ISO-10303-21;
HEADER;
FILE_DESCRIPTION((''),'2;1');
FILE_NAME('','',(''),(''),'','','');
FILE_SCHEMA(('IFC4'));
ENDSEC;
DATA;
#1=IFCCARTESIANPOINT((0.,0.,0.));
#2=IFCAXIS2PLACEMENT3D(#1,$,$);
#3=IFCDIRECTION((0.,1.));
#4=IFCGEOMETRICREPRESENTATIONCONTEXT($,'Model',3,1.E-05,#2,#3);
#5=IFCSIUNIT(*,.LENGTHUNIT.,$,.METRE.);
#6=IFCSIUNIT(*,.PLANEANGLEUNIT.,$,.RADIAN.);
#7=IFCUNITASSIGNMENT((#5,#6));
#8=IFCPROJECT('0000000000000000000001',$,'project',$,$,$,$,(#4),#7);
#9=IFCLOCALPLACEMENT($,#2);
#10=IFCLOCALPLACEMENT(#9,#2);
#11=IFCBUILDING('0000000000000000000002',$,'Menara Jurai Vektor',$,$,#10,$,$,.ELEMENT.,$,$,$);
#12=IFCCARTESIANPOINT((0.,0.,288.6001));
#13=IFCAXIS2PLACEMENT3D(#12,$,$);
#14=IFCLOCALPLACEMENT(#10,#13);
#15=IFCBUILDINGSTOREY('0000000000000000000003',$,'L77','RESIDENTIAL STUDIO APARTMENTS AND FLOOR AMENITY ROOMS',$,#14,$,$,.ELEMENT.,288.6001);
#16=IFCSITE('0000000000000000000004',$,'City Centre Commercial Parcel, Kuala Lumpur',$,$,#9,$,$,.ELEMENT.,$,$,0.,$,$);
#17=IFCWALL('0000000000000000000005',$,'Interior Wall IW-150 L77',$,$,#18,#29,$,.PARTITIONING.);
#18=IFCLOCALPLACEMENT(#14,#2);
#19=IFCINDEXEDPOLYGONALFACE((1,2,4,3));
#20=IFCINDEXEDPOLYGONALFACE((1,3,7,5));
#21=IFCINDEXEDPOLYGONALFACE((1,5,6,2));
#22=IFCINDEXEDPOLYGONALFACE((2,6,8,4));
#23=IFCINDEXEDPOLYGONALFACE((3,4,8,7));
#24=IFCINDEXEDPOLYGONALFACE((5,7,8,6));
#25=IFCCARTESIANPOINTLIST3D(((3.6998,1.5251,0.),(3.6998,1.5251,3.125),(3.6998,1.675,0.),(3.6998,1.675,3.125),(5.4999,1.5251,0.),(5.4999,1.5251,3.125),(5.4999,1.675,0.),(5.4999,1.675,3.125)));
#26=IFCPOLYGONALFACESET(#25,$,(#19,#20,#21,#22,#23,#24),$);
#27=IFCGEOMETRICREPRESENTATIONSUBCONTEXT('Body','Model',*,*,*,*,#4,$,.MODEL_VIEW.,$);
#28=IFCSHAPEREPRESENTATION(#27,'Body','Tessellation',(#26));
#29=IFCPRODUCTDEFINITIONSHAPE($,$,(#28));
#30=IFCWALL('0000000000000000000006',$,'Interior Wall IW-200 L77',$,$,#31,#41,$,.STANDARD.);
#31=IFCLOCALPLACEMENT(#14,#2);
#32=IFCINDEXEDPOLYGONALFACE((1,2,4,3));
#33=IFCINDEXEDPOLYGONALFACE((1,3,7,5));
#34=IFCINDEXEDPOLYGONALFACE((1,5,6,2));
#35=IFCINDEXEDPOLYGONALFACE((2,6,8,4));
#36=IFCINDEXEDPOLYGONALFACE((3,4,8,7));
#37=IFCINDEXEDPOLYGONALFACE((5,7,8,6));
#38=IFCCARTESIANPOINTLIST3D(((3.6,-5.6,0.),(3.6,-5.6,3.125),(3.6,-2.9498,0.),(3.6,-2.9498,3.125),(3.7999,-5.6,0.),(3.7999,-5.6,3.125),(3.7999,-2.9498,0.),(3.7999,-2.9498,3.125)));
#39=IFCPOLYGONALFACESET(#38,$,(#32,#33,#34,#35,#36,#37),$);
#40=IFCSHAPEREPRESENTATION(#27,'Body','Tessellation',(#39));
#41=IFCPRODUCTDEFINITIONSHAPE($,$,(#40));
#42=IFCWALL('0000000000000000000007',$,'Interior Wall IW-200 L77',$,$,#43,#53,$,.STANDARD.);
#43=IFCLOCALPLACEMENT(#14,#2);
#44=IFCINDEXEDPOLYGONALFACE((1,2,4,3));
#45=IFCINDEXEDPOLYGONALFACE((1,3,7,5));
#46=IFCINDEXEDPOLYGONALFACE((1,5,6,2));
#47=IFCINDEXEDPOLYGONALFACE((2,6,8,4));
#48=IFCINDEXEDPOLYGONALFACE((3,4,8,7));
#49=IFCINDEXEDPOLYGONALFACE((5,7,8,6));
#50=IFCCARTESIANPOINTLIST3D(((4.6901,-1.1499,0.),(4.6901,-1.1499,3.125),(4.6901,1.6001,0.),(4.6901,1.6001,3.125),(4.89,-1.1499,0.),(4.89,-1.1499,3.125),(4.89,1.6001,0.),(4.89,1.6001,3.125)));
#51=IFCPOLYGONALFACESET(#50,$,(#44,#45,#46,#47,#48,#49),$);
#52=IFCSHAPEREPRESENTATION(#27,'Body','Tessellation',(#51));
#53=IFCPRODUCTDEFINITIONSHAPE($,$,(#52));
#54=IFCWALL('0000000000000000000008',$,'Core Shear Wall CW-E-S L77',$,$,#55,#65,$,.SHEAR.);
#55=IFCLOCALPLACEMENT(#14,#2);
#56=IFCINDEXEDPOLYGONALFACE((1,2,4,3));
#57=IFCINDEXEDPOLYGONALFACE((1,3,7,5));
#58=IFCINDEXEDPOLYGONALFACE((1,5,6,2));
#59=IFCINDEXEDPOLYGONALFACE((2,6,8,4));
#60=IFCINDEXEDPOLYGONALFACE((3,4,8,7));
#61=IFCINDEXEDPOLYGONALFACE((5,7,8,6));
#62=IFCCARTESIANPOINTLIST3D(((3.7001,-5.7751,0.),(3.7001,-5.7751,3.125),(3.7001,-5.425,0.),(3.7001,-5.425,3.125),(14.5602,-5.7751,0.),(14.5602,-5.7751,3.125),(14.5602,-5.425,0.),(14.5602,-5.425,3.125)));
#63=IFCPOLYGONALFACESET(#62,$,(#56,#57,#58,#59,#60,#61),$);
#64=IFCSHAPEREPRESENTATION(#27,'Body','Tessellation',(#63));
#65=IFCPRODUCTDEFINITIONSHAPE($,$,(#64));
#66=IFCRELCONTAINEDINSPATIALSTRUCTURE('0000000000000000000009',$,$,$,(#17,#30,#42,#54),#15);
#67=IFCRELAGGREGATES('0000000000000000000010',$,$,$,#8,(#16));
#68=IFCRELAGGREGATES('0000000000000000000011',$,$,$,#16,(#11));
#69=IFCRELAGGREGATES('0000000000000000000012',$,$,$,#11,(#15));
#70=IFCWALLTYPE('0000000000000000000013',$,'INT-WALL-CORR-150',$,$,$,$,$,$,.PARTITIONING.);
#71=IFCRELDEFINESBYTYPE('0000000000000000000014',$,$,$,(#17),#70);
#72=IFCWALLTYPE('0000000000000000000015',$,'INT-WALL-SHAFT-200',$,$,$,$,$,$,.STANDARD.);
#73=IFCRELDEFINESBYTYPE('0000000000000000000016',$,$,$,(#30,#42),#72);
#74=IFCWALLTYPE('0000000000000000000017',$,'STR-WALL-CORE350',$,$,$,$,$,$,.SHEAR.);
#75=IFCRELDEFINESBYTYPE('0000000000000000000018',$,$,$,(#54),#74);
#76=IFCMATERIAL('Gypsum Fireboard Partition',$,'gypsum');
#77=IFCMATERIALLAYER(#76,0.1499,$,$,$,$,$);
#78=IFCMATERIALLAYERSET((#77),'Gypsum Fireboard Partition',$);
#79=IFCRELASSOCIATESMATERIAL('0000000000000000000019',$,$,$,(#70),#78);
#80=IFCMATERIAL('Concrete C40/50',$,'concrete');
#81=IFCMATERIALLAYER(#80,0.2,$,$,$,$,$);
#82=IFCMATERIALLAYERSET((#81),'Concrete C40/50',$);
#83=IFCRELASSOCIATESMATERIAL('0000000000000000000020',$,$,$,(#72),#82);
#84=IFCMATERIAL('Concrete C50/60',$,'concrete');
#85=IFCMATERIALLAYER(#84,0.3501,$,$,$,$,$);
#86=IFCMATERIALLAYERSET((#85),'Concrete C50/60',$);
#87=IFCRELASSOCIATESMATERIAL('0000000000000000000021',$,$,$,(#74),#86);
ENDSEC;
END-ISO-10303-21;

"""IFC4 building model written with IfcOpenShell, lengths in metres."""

from ifc_helpers import new_model, si_unit, direction, frame, frame_2d, origin, place, context, subcontext, project, spatial, rectangle, extrude, material, layer, layer_set, type_object, element, save


model = new_model("IFC4")

# Units and contexts
model_context = context("Model", 3, precision=1e-05, world=origin(), true_north=direction((0.0, 1.0)))
body_context = subcontext(model_context, "Body", "Model", "MODEL_VIEW")
ifc_project = project(units=[si_unit("LENGTHUNIT", "METRE"), si_unit("PLANEANGLEUNIT", "RADIAN")], contexts=[model_context])

# Site, building, storey
site_placement = place(None, origin())
site = spatial("IfcSite", under=ifc_project, at=site_placement, Name="City Centre Commercial Parcel, Kuala Lumpur", CompositionType="ELEMENT", RefElevation=0.0)
building_placement = place(site_placement, origin())
building = spatial("IfcBuilding", under=site, at=building_placement, Name="Menara Jurai Vektor", CompositionType="ELEMENT")
storey_placement = place(building_placement, frame((0.0, 0.0, 288.6001)))
storey = spatial("IfcBuildingStorey", under=building, at=storey_placement, Name="L77", Description="RESIDENTIAL STUDIO APARTMENTS AND FLOOR AMENITY ROOMS", CompositionType="ELEMENT", Elevation=288.6001)

# Shared definitions
ifc_material_1 = material(Name="Concrete C50/60", Category="concrete")

# Shared definitions
ifc_material_2 = material(Name="Concrete C40/50", Category="concrete")

# Shared definitions
ifc_material_3 = material(Name="Gypsum Fireboard Partition", Category="gypsum")
ifc_layer_1 = layer(ifc_material_3, 0.1499)
ifc_layer_set_1 = layer_set([ifc_layer_1], Name="Gypsum Fireboard Partition")
wall_type_1 = type_object("IfcWallType", Name="INT-WALL-CORR-150", PredefinedType="PARTITIONING", material=ifc_layer_set_1)

# Wall
wall_1_placement = place(storey_placement, frame((3.7, 1.6001, 0.0), z_axis=(0.0, 0.0, 1.0), x_axis=(1.0, 0.0, 0.0)))
element("IfcWall", 1, at=wall_1_placement, inside=storey, type_object=wall_type_1, Name="Interior Wall IW-150 L77", PredefinedType="PARTITIONING", context=body_context, shape_type="SweptSolid", body=[
    extrude(rectangle(XDim=1.8, YDim=0.1499, at=frame_2d((0.8999, 0.0))), origin(), (0.0, 0.0, 1.0), 3.125),
])

# Shared definitions
ifc_layer_2 = layer(ifc_material_2, 0.2)
ifc_layer_set_2 = layer_set([ifc_layer_2], Name="Concrete C40/50")
wall_type_2 = type_object("IfcWallType", Name="INT-WALL-SHAFT-200", PredefinedType="STANDARD", material=ifc_layer_set_2)

# Walls
wall_2_placement = place(storey_placement, frame((3.7, -5.6001, 0.0), z_axis=(0.0, 0.0, 1.0), x_axis=(0.0, 1.0, 0.0)))
element("IfcWall", 2, at=wall_2_placement, inside=storey, type_object=wall_type_2, Name="Interior Wall IW-200 L77", PredefinedType="STANDARD", context=body_context, shape_type="SweptSolid", body=[
    extrude(rectangle(XDim=2.6501, YDim=0.2, at=frame_2d((1.3252, 0.0))), origin(), (0.0, 0.0, 1.0), 3.125),
])
wall_3_placement = place(storey_placement, frame((4.79, -1.1499, 0.0), z_axis=(0.0, 0.0, 1.0), x_axis=(0.0, 1.0, 0.0)))
element("IfcWall", 3, at=wall_3_placement, inside=storey, type_object=wall_type_2, Name="Interior Wall IW-200 L77", PredefinedType="STANDARD", context=body_context, shape_type="SweptSolid", body=[
    extrude(rectangle(XDim=2.75, YDim=0.2, at=frame_2d((1.375, 0.0))), origin(), (0.0, 0.0, 1.0), 3.125),
])

# Wall
ifc_layer_3 = layer(ifc_material_1, 0.3501)
ifc_layer_set_3 = layer_set([ifc_layer_3], Name="Concrete C50/60")
wall_type_3 = type_object("IfcWallType", Name="STR-WALL-CORE350", PredefinedType="SHEAR", material=ifc_layer_set_3)
wall_4_placement = place(storey_placement, frame((3.7, -5.6001, 0.0), z_axis=(0.0, 0.0, 1.0), x_axis=(1.0, 0.0, 0.0)))
element("IfcWall", 4, at=wall_4_placement, inside=storey, type_object=wall_type_3, Name="Core Shear Wall CW-E-S L77", PredefinedType="SHEAR", context=body_context, shape_type="SweptSolid", body=[
    extrude(rectangle(XDim=10.8601, YDim=0.3501, at=frame_2d((5.4302, 0.0))), origin(), (0.0, 0.0, 1.0), 3.125),
])

save(model, "model.ifc")
